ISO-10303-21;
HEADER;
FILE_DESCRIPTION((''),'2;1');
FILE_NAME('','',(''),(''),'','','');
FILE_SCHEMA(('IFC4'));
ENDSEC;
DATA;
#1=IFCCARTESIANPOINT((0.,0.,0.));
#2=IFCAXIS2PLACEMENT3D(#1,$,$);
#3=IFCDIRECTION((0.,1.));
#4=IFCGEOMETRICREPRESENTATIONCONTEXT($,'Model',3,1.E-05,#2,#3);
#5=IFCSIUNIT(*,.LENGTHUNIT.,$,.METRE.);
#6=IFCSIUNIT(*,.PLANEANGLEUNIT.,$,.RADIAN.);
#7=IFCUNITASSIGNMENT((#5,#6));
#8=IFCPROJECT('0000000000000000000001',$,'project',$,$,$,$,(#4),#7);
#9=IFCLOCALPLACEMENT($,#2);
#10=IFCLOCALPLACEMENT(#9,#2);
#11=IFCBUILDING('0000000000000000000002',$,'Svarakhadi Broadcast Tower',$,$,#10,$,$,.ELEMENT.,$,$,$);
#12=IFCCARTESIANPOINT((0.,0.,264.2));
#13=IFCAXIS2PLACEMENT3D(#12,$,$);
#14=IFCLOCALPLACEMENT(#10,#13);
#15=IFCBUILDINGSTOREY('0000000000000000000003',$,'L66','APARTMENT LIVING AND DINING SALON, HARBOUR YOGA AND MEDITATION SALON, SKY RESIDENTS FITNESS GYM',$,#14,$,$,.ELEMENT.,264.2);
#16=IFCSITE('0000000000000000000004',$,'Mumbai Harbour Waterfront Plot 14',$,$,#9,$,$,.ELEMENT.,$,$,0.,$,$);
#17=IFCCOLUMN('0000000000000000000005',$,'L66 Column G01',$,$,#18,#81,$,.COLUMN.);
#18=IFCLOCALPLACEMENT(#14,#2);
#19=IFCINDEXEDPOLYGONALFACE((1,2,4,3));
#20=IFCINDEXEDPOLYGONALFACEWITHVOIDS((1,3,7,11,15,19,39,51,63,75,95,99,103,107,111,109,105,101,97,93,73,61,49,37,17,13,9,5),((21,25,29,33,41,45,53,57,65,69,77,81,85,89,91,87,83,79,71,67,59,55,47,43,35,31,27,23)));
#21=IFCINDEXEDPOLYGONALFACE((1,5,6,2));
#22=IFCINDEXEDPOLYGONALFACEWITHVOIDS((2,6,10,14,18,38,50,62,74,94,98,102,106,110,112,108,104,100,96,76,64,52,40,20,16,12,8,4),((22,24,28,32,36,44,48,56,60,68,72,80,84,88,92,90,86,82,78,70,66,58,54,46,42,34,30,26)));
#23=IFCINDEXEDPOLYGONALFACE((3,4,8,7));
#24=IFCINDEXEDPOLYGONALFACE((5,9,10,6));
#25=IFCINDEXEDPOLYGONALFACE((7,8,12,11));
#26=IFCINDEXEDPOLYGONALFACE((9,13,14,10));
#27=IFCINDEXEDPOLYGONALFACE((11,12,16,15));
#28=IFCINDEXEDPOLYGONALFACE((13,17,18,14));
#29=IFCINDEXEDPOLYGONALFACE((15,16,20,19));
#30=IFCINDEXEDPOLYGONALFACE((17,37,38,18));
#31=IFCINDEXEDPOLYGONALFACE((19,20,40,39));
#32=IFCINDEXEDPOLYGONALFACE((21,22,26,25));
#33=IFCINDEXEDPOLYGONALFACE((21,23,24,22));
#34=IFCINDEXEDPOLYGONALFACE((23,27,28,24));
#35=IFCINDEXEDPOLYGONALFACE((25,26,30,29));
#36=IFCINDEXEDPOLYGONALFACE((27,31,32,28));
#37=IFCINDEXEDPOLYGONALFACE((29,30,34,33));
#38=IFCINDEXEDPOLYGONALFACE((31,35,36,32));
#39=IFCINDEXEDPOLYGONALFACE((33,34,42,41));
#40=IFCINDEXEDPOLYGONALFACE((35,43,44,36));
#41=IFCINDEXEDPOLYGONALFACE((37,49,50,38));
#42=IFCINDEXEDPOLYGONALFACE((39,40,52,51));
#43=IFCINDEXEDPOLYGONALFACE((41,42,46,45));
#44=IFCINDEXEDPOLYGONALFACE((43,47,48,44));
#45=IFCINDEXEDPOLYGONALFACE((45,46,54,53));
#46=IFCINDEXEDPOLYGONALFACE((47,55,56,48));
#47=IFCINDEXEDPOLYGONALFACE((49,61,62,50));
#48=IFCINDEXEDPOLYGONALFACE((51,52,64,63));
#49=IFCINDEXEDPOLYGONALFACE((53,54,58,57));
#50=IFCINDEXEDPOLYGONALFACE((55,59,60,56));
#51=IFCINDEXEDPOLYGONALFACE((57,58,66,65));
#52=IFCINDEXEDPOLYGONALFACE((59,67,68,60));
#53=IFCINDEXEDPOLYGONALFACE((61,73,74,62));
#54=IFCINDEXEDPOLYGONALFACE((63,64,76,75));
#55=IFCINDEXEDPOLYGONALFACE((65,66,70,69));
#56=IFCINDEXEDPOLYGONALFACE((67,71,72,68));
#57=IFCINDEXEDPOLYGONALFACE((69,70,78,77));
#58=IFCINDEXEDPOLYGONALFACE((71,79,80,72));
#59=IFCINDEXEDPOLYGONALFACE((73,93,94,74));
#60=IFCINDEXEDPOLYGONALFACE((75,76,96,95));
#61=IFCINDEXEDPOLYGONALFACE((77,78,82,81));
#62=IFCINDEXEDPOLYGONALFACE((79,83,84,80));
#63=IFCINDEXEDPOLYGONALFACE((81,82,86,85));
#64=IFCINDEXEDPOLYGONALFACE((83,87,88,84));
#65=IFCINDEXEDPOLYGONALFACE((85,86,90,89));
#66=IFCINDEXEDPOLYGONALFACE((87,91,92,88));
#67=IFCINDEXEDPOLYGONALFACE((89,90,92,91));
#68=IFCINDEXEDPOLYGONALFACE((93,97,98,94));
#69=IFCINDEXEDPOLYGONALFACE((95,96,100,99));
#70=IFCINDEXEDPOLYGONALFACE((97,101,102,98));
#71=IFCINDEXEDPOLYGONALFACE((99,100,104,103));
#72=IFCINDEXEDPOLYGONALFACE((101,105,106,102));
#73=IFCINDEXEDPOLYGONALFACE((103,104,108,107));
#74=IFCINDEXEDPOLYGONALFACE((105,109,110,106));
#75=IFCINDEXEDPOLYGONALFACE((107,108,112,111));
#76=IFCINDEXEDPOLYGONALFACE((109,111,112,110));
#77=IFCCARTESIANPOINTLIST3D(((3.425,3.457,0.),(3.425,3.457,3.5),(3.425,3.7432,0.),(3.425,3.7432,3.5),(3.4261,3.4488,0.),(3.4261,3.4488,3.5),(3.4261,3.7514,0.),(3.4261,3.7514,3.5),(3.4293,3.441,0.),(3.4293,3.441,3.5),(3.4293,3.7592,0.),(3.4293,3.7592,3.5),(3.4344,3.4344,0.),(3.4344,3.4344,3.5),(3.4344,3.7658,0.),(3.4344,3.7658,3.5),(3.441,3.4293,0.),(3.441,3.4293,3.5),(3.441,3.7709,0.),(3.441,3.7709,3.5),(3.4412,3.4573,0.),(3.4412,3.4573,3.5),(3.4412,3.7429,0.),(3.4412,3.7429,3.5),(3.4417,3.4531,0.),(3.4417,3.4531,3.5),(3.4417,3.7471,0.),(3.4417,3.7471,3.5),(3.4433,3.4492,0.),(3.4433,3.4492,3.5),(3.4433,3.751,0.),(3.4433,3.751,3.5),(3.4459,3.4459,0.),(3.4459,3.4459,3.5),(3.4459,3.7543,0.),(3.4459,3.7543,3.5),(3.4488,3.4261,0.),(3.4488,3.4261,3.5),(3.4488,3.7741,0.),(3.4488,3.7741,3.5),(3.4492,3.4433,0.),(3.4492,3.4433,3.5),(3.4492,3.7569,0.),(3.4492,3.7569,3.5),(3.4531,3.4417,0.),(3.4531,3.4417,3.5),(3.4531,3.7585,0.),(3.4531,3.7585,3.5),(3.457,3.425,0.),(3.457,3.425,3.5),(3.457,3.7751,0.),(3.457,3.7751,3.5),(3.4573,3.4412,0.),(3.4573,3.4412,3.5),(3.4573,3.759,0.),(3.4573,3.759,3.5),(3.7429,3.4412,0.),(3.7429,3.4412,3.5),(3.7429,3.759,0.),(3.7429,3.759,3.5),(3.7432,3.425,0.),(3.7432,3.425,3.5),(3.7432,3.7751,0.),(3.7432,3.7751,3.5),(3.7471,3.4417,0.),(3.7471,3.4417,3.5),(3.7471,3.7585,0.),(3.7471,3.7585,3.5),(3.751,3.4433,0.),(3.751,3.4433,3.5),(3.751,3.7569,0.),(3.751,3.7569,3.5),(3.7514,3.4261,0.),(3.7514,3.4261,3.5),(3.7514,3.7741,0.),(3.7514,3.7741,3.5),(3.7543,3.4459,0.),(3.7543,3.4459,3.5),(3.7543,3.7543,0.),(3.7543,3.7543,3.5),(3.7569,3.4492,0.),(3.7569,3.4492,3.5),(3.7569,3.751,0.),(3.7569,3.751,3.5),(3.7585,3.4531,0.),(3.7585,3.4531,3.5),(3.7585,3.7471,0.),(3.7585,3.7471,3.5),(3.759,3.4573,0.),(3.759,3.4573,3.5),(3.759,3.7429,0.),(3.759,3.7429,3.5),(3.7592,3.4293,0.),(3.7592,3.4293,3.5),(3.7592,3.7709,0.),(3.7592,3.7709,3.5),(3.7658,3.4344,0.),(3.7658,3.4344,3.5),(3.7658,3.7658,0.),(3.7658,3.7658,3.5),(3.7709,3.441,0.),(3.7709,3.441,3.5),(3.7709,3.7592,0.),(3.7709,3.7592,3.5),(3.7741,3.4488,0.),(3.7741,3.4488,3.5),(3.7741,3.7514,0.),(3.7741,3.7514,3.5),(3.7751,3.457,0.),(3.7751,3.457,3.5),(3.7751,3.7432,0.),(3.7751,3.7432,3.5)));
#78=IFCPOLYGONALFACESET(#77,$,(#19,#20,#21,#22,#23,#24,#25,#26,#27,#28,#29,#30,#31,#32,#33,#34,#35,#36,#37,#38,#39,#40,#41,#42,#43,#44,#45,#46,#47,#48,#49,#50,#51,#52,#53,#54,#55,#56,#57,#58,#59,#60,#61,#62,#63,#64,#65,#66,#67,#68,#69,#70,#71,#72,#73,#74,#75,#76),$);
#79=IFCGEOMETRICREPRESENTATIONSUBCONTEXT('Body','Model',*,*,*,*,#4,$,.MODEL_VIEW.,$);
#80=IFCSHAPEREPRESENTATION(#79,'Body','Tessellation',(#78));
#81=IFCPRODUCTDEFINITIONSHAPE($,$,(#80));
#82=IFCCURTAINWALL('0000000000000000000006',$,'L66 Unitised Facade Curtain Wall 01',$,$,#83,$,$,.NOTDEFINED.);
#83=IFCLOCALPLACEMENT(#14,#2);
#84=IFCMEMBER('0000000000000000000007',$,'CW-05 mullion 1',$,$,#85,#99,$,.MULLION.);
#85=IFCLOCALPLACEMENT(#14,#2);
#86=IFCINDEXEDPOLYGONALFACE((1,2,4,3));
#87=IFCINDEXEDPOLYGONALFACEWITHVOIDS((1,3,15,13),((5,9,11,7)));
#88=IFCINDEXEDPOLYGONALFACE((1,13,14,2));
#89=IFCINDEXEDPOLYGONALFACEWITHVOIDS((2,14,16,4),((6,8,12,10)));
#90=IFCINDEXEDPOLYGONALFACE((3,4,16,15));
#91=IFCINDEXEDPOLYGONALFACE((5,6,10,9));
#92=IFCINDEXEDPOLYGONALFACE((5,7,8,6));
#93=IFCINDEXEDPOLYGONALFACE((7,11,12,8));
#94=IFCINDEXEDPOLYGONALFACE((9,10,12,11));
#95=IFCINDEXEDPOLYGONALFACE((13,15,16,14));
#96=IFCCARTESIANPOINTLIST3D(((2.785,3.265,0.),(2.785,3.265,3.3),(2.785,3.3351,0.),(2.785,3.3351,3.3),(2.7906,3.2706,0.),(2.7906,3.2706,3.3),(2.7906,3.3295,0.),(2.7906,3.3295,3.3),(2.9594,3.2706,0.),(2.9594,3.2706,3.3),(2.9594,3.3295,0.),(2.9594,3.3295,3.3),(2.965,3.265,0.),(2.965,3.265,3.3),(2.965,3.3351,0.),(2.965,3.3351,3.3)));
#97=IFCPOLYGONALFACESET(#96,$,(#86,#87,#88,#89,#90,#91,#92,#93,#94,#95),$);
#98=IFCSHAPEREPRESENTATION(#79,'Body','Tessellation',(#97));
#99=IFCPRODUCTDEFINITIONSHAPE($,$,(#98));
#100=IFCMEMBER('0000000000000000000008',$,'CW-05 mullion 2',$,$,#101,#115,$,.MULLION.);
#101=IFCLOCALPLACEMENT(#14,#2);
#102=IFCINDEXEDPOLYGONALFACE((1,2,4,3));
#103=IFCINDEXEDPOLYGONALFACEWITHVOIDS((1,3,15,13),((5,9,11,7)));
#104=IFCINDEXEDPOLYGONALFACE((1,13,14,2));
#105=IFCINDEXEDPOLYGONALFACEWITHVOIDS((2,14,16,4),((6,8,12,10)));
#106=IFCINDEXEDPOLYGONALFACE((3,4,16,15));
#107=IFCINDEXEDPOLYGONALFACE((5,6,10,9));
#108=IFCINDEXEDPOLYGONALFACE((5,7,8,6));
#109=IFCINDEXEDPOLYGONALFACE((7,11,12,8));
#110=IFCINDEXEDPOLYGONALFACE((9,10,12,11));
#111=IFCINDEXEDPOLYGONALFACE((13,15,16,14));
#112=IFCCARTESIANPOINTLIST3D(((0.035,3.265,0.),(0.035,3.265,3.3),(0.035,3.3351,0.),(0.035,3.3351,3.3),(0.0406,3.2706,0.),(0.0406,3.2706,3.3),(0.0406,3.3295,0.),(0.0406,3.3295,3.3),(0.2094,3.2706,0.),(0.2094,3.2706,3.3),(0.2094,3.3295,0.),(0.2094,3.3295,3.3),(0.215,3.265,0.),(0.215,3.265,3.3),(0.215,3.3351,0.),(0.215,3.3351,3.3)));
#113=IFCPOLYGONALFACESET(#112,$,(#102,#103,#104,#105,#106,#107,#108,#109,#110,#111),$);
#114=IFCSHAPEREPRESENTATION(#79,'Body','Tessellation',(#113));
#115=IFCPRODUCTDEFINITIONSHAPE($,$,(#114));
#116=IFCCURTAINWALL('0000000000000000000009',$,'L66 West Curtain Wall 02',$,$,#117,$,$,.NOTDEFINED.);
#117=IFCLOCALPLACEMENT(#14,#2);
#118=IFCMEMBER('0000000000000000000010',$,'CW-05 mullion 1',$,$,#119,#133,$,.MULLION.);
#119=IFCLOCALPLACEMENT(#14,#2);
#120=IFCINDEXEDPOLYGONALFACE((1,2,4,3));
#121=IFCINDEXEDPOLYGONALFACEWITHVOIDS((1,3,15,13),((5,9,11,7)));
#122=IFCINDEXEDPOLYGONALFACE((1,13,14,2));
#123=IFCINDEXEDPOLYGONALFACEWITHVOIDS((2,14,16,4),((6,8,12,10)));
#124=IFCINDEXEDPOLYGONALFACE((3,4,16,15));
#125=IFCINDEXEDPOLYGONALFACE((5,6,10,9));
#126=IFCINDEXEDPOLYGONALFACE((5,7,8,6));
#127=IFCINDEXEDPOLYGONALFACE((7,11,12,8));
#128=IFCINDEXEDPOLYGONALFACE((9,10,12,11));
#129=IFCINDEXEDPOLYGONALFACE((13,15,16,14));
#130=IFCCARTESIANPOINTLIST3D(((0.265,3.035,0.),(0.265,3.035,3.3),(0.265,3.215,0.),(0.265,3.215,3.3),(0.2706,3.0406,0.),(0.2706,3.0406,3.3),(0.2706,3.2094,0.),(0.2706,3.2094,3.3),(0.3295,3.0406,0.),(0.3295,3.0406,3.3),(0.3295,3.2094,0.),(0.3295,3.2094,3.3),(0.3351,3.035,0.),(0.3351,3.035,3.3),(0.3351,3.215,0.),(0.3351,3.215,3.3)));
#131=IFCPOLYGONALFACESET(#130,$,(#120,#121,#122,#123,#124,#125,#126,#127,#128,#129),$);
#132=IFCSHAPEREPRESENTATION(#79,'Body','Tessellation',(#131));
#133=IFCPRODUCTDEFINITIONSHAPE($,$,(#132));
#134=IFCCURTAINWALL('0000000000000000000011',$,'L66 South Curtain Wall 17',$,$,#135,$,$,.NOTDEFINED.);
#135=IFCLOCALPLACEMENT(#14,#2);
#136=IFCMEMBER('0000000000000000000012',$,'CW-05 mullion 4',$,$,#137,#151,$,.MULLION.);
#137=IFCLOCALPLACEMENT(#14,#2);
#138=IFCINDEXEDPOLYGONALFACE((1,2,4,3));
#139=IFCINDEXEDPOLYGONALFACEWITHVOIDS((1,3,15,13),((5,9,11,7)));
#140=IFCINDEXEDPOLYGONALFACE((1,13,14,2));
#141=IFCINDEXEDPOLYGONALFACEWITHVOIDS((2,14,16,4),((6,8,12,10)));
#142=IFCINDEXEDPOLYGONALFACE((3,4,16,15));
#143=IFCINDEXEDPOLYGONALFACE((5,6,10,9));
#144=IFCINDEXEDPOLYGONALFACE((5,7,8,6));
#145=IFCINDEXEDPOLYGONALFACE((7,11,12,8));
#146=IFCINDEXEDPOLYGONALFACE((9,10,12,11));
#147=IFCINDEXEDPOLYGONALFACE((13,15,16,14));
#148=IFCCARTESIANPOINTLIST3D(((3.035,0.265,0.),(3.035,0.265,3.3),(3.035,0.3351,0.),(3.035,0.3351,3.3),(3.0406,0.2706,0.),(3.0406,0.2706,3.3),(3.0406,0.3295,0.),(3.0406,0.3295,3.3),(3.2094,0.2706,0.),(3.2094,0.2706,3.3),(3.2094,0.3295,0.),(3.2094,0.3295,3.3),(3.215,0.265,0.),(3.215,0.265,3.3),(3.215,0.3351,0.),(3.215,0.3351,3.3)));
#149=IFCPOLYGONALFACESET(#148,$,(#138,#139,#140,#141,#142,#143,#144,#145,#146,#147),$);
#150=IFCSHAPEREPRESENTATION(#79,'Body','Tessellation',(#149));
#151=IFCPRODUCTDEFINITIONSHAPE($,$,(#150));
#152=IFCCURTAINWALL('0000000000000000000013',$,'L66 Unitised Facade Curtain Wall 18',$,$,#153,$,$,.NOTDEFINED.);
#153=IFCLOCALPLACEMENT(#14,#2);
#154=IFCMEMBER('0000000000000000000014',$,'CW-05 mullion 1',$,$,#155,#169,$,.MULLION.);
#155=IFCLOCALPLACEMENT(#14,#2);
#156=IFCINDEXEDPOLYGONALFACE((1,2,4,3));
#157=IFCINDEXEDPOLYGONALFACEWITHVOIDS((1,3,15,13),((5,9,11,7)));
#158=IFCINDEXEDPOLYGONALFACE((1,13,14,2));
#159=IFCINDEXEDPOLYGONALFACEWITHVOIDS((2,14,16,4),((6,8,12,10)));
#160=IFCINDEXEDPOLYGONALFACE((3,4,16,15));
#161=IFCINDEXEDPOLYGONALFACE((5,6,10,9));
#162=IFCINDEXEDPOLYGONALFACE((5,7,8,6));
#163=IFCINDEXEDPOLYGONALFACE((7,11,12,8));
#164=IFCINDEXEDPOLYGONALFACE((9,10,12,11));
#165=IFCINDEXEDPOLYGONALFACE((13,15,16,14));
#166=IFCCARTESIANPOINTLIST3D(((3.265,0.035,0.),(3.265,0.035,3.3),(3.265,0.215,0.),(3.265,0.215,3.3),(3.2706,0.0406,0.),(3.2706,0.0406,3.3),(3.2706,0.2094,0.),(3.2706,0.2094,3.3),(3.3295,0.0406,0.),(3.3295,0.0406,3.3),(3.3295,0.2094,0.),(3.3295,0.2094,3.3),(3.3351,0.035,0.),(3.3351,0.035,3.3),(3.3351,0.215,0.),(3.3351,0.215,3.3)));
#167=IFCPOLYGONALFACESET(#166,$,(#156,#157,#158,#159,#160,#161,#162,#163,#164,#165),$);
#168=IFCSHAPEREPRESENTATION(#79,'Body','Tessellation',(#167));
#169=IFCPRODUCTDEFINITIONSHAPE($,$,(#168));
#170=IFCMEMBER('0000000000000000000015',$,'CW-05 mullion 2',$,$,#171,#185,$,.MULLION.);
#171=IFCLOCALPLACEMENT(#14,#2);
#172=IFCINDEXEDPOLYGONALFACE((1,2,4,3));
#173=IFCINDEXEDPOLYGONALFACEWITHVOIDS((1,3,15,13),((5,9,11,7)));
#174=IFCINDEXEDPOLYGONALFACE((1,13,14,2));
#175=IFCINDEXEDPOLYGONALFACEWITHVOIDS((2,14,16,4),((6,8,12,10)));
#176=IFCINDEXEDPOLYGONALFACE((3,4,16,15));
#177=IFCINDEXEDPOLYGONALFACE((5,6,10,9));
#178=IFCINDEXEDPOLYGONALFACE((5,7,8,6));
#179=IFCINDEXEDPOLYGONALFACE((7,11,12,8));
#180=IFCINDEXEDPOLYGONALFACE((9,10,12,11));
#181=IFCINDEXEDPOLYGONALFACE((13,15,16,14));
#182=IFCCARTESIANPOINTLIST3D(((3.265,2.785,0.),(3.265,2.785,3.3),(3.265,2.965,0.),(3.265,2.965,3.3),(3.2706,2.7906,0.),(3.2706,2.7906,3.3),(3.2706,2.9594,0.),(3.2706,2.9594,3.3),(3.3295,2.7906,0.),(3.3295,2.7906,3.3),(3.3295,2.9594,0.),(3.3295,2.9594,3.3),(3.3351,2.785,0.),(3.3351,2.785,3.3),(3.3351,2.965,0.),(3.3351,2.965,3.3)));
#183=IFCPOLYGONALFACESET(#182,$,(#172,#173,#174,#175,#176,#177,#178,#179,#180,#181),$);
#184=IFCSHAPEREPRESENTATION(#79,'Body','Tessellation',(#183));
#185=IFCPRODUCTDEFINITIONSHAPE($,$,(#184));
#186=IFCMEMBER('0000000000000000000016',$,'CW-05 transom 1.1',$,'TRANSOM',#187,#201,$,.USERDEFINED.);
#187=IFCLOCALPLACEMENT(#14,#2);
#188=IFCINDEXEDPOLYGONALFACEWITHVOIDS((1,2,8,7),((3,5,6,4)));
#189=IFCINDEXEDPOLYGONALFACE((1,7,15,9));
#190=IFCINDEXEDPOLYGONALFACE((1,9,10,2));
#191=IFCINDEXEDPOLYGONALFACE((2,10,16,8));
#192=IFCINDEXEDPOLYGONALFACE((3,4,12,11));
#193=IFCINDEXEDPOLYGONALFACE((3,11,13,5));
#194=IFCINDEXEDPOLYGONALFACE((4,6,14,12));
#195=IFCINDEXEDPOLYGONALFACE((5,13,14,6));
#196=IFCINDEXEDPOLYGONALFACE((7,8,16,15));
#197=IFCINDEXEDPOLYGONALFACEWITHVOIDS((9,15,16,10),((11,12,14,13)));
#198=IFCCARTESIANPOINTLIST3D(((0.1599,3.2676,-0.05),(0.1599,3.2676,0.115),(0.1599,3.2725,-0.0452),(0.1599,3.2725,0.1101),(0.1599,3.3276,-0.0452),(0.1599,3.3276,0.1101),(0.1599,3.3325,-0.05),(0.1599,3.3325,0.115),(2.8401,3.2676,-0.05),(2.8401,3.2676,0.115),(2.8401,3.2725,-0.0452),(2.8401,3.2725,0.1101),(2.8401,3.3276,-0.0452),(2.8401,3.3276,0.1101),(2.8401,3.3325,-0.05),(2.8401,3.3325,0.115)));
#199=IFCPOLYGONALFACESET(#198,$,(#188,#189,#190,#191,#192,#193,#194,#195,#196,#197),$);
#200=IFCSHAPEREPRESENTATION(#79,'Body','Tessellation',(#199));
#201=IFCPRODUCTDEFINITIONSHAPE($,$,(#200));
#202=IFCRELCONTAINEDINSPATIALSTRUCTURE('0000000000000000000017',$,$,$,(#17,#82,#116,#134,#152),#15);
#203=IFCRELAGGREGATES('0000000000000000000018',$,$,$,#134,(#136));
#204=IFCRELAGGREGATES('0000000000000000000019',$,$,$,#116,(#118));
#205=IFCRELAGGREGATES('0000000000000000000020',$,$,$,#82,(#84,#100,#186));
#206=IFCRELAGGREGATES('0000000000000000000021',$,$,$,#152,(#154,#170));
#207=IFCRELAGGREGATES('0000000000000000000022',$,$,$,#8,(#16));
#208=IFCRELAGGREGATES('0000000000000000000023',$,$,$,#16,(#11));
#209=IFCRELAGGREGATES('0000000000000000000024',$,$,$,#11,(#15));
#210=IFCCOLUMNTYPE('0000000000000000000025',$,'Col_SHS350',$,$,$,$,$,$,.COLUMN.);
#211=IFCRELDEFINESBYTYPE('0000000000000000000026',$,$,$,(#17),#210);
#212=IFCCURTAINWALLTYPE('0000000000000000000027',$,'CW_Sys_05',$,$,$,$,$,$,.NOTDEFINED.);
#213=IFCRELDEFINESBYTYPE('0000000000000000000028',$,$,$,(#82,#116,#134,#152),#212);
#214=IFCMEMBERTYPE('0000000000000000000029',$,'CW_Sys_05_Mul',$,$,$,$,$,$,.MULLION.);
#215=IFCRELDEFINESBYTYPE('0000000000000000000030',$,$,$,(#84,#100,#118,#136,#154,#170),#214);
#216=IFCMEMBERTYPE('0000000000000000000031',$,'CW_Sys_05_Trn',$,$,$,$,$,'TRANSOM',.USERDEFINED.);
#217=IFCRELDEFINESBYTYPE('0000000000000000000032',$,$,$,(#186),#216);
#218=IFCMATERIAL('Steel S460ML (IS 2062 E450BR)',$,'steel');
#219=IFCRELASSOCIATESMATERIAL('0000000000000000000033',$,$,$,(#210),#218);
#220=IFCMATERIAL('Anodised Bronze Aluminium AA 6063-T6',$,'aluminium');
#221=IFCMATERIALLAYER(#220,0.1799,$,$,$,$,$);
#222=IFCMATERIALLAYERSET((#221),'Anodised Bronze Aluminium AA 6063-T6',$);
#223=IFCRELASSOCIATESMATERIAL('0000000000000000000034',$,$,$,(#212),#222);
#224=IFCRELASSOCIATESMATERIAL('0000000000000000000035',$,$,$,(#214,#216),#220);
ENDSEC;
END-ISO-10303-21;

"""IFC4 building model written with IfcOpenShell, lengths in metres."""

from ifc_helpers import new_model, si_unit, direction, frame, origin, origin_2d, place, context, subcontext, project, spatial, hollow_rectangle, extrude, material, layer, layer_set, material_profile, profile_set, type_object, element, aggregate, save


model = new_model("IFC4")

# Units and contexts
model_context = context("Model", 3, precision=1e-05, world=origin(), true_north=direction((0.0, 1.0)))
body_context = subcontext(model_context, "Body", "Model", "MODEL_VIEW")
ifc_project = project(units=[si_unit("LENGTHUNIT", "METRE"), si_unit("PLANEANGLEUNIT", "RADIAN")], contexts=[model_context])

# Site, building, storey
site_placement = place(None, origin())
site = spatial("IfcSite", under=ifc_project, at=site_placement, Name="Mumbai Harbour Waterfront Plot 14", CompositionType="ELEMENT", RefElevation=0.0)
building_placement = place(site_placement, origin())
building = spatial("IfcBuilding", under=site, at=building_placement, Name="Svarakhadi Broadcast Tower", CompositionType="ELEMENT")
storey_placement = place(building_placement, frame((0.0, 0.0, 264.2)))
storey = spatial("IfcBuildingStorey", under=building, at=storey_placement, Name="L66", Description="APARTMENT LIVING AND DINING SALON, HARBOUR YOGA AND MEDITATION SALON, SKY RESIDENTS FITNESS GYM", CompositionType="ELEMENT", Elevation=264.2)

# Column
ifc_material_1 = material(Name="Steel S460ML (IS 2062 E450BR)", Category="steel")
ifc_material_profile_1 = material_profile(ifc_material_1, hollow_rectangle(XDim=0.3501, YDim=0.3501, WallThickness=0.0161, InnerFilletRadius=0.0161, OuterFilletRadius=0.032, at=origin_2d()), Name="SHS 350x350x16")
ifc_profile_set_1 = profile_set([ifc_material_profile_1], Name="Steel S460ML (IS 2062 E450BR)")
column_type = type_object("IfcColumnType", Name="Col_SHS350", PredefinedType="COLUMN", material=ifc_profile_set_1)
column_placement = place(storey_placement, frame((3.6001, 3.6001, 0.0), z_axis=(0.0, 0.0, 1.0), x_axis=(1.0, 0.0, 0.0)))
element("IfcColumn", 1, at=column_placement, inside=storey, type_object=column_type, Name="L66 Column G01", PredefinedType="COLUMN", context=body_context, shape_type="SweptSolid", body=[
    extrude(hollow_rectangle(XDim=0.3501, YDim=0.3501, WallThickness=0.0161, InnerFilletRadius=0.0161, OuterFilletRadius=0.032, at=origin_2d()), origin(), (0.0, 0.0, 1.0), 3.5),
])

# Curtain wall, members
ifc_material_2 = material(Name="Anodised Bronze Aluminium AA 6063-T6", Category="aluminium")
ifc_layer_1 = layer(ifc_material_2, 0.1799)
ifc_layer_set_1 = layer_set([ifc_layer_1], Name="Anodised Bronze Aluminium AA 6063-T6")
curtain_wall_type = type_object("IfcCurtainWallType", Name="CW_Sys_05", PredefinedType="NOTDEFINED", material=ifc_layer_set_1)
curtain_wall_1_placement = place(storey_placement, origin())
curtain_wall_1 = element("IfcCurtainWall", 2, at=curtain_wall_1_placement, inside=storey, type_object=curtain_wall_type, Name="L66 Unitised Facade Curtain Wall 01", PredefinedType="NOTDEFINED")
ifc_material_profile_2 = material_profile(ifc_material_2, hollow_rectangle(XDim=0.0701, YDim=0.1799, WallThickness=0.0056, at=origin_2d()), Name="ALU MULLION 180x70x6")
ifc_profile_set_2 = profile_set([ifc_material_profile_2], Name="Anodised Bronze Aluminium AA 6063-T6")
member_type_1 = type_object("IfcMemberType", Name="CW_Sys_05_Mul", PredefinedType="MULLION", material=ifc_profile_set_2)
member_1_placement = place(storey_placement, frame((2.875, 3.3, 0.0), z_axis=(0.0, 0.0, 1.0), x_axis=(0.0, -1.0, 0.0)))
member_1 = element("IfcMember", 3, at=member_1_placement, type_object=member_type_1, Name="CW-05 mullion 1", PredefinedType="MULLION", context=body_context, shape_type="SweptSolid", body=[
    extrude(hollow_rectangle(XDim=0.0701, YDim=0.1799, WallThickness=0.0056, at=origin_2d()), origin(), (0.0, 0.0, 1.0), 3.3),
])
member_2_placement = place(storey_placement, frame((0.125, 3.3, 0.0), z_axis=(0.0, 0.0, 1.0), x_axis=(0.0, -1.0, 0.0)))
member_2 = element("IfcMember", 4, at=member_2_placement, type_object=member_type_1, Name="CW-05 mullion 2", PredefinedType="MULLION", context=body_context, shape_type="SweptSolid", body=[
    extrude(hollow_rectangle(XDim=0.0701, YDim=0.1799, WallThickness=0.0056, at=origin_2d()), origin(), (0.0, 0.0, 1.0), 3.3),
])

# Curtain walls, members
curtain_wall_2_placement = place(storey_placement, origin())
curtain_wall_2 = element("IfcCurtainWall", 5, at=curtain_wall_2_placement, inside=storey, type_object=curtain_wall_type, Name="L66 West Curtain Wall 02", PredefinedType="NOTDEFINED")
member_3_placement = place(storey_placement, frame((0.3, 3.125, 0.0), z_axis=(0.0, 0.0, 1.0), x_axis=(-1.0, 0.0, 0.0)))
member_3 = element("IfcMember", 6, at=member_3_placement, type_object=member_type_1, Name="CW-05 mullion 1", PredefinedType="MULLION", context=body_context, shape_type="SweptSolid", body=[
    extrude(hollow_rectangle(XDim=0.0701, YDim=0.1799, WallThickness=0.0056, at=origin_2d()), origin(), (0.0, 0.0, 1.0), 3.3),
])
curtain_wall_3_placement = place(storey_placement, origin())
curtain_wall_3 = element("IfcCurtainWall", 7, at=curtain_wall_3_placement, inside=storey, type_object=curtain_wall_type, Name="L66 South Curtain Wall 17", PredefinedType="NOTDEFINED")
member_4_placement = place(storey_placement, frame((3.125, 0.3, 0.0), z_axis=(0.0, 0.0, 1.0), x_axis=(0.0, -1.0, 0.0)))
member_4 = element("IfcMember", 8, at=member_4_placement, type_object=member_type_1, Name="CW-05 mullion 4", PredefinedType="MULLION", context=body_context, shape_type="SweptSolid", body=[
    extrude(hollow_rectangle(XDim=0.0701, YDim=0.1799, WallThickness=0.0056, at=origin_2d()), origin(), (0.0, 0.0, 1.0), 3.3),
])
aggregate(curtain_wall_3, [member_4])

# Curtain wall, members
curtain_wall_4_placement = place(storey_placement, origin())
curtain_wall_4 = element("IfcCurtainWall", 9, at=curtain_wall_4_placement, inside=storey, type_object=curtain_wall_type, Name="L66 Unitised Facade Curtain Wall 18", PredefinedType="NOTDEFINED")
member_5_placement = place(storey_placement, frame((3.3, 0.125, 0.0), z_axis=(0.0, 0.0, 1.0), x_axis=(-1.0, 0.0, 0.0)))
member_5 = element("IfcMember", 10, at=member_5_placement, type_object=member_type_1, Name="CW-05 mullion 1", PredefinedType="MULLION", context=body_context, shape_type="SweptSolid", body=[
    extrude(hollow_rectangle(XDim=0.0701, YDim=0.1799, WallThickness=0.0056, at=origin_2d()), origin(), (0.0, 0.0, 1.0), 3.3),
])
member_6_placement = place(storey_placement, frame((3.3, 2.875, 0.0), z_axis=(0.0, 0.0, 1.0), x_axis=(-1.0, 0.0, 0.0)))
member_6 = element("IfcMember", 11, at=member_6_placement, type_object=member_type_1, Name="CW-05 mullion 2", PredefinedType="MULLION", context=body_context, shape_type="SweptSolid", body=[
    extrude(hollow_rectangle(XDim=0.0701, YDim=0.1799, WallThickness=0.0056, at=origin_2d()), origin(), (0.0, 0.0, 1.0), 3.3),
])

# Member
ifc_material_profile_3 = material_profile(ifc_material_2, hollow_rectangle(XDim=0.0649, YDim=0.165, WallThickness=0.0049, at=origin_2d()), Name="ALU TRANSOM 165x65x5")
ifc_profile_set_3 = profile_set([ifc_material_profile_3], Name="Anodised Bronze Aluminium AA 6063-T6")
member_type_2 = type_object("IfcMemberType", Name="CW_Sys_05_Trn", ElementType="TRANSOM", PredefinedType="USERDEFINED", material=ifc_profile_set_3)
member_7_placement = place(storey_placement, frame((2.8401, 3.3, 0.0325), z_axis=(-1.0, 0.0, 0.0), x_axis=(0.0, -1.0, 0.0)))
member_7 = element("IfcMember", 12, at=member_7_placement, type_object=member_type_2, Name="CW-05 transom 1.1", ObjectType="TRANSOM", PredefinedType="USERDEFINED", context=body_context, shape_type="SweptSolid", body=[
    extrude(hollow_rectangle(XDim=0.0649, YDim=0.165, WallThickness=0.0049, at=origin_2d()), origin(), (0.0, 0.0, 1.0), 2.6802),
])
aggregate(curtain_wall_2, [member_3])

aggregate(curtain_wall_1, [member_1, member_2, member_7])
aggregate(curtain_wall_4, [member_5, member_6])

save(model, "model.ifc")
